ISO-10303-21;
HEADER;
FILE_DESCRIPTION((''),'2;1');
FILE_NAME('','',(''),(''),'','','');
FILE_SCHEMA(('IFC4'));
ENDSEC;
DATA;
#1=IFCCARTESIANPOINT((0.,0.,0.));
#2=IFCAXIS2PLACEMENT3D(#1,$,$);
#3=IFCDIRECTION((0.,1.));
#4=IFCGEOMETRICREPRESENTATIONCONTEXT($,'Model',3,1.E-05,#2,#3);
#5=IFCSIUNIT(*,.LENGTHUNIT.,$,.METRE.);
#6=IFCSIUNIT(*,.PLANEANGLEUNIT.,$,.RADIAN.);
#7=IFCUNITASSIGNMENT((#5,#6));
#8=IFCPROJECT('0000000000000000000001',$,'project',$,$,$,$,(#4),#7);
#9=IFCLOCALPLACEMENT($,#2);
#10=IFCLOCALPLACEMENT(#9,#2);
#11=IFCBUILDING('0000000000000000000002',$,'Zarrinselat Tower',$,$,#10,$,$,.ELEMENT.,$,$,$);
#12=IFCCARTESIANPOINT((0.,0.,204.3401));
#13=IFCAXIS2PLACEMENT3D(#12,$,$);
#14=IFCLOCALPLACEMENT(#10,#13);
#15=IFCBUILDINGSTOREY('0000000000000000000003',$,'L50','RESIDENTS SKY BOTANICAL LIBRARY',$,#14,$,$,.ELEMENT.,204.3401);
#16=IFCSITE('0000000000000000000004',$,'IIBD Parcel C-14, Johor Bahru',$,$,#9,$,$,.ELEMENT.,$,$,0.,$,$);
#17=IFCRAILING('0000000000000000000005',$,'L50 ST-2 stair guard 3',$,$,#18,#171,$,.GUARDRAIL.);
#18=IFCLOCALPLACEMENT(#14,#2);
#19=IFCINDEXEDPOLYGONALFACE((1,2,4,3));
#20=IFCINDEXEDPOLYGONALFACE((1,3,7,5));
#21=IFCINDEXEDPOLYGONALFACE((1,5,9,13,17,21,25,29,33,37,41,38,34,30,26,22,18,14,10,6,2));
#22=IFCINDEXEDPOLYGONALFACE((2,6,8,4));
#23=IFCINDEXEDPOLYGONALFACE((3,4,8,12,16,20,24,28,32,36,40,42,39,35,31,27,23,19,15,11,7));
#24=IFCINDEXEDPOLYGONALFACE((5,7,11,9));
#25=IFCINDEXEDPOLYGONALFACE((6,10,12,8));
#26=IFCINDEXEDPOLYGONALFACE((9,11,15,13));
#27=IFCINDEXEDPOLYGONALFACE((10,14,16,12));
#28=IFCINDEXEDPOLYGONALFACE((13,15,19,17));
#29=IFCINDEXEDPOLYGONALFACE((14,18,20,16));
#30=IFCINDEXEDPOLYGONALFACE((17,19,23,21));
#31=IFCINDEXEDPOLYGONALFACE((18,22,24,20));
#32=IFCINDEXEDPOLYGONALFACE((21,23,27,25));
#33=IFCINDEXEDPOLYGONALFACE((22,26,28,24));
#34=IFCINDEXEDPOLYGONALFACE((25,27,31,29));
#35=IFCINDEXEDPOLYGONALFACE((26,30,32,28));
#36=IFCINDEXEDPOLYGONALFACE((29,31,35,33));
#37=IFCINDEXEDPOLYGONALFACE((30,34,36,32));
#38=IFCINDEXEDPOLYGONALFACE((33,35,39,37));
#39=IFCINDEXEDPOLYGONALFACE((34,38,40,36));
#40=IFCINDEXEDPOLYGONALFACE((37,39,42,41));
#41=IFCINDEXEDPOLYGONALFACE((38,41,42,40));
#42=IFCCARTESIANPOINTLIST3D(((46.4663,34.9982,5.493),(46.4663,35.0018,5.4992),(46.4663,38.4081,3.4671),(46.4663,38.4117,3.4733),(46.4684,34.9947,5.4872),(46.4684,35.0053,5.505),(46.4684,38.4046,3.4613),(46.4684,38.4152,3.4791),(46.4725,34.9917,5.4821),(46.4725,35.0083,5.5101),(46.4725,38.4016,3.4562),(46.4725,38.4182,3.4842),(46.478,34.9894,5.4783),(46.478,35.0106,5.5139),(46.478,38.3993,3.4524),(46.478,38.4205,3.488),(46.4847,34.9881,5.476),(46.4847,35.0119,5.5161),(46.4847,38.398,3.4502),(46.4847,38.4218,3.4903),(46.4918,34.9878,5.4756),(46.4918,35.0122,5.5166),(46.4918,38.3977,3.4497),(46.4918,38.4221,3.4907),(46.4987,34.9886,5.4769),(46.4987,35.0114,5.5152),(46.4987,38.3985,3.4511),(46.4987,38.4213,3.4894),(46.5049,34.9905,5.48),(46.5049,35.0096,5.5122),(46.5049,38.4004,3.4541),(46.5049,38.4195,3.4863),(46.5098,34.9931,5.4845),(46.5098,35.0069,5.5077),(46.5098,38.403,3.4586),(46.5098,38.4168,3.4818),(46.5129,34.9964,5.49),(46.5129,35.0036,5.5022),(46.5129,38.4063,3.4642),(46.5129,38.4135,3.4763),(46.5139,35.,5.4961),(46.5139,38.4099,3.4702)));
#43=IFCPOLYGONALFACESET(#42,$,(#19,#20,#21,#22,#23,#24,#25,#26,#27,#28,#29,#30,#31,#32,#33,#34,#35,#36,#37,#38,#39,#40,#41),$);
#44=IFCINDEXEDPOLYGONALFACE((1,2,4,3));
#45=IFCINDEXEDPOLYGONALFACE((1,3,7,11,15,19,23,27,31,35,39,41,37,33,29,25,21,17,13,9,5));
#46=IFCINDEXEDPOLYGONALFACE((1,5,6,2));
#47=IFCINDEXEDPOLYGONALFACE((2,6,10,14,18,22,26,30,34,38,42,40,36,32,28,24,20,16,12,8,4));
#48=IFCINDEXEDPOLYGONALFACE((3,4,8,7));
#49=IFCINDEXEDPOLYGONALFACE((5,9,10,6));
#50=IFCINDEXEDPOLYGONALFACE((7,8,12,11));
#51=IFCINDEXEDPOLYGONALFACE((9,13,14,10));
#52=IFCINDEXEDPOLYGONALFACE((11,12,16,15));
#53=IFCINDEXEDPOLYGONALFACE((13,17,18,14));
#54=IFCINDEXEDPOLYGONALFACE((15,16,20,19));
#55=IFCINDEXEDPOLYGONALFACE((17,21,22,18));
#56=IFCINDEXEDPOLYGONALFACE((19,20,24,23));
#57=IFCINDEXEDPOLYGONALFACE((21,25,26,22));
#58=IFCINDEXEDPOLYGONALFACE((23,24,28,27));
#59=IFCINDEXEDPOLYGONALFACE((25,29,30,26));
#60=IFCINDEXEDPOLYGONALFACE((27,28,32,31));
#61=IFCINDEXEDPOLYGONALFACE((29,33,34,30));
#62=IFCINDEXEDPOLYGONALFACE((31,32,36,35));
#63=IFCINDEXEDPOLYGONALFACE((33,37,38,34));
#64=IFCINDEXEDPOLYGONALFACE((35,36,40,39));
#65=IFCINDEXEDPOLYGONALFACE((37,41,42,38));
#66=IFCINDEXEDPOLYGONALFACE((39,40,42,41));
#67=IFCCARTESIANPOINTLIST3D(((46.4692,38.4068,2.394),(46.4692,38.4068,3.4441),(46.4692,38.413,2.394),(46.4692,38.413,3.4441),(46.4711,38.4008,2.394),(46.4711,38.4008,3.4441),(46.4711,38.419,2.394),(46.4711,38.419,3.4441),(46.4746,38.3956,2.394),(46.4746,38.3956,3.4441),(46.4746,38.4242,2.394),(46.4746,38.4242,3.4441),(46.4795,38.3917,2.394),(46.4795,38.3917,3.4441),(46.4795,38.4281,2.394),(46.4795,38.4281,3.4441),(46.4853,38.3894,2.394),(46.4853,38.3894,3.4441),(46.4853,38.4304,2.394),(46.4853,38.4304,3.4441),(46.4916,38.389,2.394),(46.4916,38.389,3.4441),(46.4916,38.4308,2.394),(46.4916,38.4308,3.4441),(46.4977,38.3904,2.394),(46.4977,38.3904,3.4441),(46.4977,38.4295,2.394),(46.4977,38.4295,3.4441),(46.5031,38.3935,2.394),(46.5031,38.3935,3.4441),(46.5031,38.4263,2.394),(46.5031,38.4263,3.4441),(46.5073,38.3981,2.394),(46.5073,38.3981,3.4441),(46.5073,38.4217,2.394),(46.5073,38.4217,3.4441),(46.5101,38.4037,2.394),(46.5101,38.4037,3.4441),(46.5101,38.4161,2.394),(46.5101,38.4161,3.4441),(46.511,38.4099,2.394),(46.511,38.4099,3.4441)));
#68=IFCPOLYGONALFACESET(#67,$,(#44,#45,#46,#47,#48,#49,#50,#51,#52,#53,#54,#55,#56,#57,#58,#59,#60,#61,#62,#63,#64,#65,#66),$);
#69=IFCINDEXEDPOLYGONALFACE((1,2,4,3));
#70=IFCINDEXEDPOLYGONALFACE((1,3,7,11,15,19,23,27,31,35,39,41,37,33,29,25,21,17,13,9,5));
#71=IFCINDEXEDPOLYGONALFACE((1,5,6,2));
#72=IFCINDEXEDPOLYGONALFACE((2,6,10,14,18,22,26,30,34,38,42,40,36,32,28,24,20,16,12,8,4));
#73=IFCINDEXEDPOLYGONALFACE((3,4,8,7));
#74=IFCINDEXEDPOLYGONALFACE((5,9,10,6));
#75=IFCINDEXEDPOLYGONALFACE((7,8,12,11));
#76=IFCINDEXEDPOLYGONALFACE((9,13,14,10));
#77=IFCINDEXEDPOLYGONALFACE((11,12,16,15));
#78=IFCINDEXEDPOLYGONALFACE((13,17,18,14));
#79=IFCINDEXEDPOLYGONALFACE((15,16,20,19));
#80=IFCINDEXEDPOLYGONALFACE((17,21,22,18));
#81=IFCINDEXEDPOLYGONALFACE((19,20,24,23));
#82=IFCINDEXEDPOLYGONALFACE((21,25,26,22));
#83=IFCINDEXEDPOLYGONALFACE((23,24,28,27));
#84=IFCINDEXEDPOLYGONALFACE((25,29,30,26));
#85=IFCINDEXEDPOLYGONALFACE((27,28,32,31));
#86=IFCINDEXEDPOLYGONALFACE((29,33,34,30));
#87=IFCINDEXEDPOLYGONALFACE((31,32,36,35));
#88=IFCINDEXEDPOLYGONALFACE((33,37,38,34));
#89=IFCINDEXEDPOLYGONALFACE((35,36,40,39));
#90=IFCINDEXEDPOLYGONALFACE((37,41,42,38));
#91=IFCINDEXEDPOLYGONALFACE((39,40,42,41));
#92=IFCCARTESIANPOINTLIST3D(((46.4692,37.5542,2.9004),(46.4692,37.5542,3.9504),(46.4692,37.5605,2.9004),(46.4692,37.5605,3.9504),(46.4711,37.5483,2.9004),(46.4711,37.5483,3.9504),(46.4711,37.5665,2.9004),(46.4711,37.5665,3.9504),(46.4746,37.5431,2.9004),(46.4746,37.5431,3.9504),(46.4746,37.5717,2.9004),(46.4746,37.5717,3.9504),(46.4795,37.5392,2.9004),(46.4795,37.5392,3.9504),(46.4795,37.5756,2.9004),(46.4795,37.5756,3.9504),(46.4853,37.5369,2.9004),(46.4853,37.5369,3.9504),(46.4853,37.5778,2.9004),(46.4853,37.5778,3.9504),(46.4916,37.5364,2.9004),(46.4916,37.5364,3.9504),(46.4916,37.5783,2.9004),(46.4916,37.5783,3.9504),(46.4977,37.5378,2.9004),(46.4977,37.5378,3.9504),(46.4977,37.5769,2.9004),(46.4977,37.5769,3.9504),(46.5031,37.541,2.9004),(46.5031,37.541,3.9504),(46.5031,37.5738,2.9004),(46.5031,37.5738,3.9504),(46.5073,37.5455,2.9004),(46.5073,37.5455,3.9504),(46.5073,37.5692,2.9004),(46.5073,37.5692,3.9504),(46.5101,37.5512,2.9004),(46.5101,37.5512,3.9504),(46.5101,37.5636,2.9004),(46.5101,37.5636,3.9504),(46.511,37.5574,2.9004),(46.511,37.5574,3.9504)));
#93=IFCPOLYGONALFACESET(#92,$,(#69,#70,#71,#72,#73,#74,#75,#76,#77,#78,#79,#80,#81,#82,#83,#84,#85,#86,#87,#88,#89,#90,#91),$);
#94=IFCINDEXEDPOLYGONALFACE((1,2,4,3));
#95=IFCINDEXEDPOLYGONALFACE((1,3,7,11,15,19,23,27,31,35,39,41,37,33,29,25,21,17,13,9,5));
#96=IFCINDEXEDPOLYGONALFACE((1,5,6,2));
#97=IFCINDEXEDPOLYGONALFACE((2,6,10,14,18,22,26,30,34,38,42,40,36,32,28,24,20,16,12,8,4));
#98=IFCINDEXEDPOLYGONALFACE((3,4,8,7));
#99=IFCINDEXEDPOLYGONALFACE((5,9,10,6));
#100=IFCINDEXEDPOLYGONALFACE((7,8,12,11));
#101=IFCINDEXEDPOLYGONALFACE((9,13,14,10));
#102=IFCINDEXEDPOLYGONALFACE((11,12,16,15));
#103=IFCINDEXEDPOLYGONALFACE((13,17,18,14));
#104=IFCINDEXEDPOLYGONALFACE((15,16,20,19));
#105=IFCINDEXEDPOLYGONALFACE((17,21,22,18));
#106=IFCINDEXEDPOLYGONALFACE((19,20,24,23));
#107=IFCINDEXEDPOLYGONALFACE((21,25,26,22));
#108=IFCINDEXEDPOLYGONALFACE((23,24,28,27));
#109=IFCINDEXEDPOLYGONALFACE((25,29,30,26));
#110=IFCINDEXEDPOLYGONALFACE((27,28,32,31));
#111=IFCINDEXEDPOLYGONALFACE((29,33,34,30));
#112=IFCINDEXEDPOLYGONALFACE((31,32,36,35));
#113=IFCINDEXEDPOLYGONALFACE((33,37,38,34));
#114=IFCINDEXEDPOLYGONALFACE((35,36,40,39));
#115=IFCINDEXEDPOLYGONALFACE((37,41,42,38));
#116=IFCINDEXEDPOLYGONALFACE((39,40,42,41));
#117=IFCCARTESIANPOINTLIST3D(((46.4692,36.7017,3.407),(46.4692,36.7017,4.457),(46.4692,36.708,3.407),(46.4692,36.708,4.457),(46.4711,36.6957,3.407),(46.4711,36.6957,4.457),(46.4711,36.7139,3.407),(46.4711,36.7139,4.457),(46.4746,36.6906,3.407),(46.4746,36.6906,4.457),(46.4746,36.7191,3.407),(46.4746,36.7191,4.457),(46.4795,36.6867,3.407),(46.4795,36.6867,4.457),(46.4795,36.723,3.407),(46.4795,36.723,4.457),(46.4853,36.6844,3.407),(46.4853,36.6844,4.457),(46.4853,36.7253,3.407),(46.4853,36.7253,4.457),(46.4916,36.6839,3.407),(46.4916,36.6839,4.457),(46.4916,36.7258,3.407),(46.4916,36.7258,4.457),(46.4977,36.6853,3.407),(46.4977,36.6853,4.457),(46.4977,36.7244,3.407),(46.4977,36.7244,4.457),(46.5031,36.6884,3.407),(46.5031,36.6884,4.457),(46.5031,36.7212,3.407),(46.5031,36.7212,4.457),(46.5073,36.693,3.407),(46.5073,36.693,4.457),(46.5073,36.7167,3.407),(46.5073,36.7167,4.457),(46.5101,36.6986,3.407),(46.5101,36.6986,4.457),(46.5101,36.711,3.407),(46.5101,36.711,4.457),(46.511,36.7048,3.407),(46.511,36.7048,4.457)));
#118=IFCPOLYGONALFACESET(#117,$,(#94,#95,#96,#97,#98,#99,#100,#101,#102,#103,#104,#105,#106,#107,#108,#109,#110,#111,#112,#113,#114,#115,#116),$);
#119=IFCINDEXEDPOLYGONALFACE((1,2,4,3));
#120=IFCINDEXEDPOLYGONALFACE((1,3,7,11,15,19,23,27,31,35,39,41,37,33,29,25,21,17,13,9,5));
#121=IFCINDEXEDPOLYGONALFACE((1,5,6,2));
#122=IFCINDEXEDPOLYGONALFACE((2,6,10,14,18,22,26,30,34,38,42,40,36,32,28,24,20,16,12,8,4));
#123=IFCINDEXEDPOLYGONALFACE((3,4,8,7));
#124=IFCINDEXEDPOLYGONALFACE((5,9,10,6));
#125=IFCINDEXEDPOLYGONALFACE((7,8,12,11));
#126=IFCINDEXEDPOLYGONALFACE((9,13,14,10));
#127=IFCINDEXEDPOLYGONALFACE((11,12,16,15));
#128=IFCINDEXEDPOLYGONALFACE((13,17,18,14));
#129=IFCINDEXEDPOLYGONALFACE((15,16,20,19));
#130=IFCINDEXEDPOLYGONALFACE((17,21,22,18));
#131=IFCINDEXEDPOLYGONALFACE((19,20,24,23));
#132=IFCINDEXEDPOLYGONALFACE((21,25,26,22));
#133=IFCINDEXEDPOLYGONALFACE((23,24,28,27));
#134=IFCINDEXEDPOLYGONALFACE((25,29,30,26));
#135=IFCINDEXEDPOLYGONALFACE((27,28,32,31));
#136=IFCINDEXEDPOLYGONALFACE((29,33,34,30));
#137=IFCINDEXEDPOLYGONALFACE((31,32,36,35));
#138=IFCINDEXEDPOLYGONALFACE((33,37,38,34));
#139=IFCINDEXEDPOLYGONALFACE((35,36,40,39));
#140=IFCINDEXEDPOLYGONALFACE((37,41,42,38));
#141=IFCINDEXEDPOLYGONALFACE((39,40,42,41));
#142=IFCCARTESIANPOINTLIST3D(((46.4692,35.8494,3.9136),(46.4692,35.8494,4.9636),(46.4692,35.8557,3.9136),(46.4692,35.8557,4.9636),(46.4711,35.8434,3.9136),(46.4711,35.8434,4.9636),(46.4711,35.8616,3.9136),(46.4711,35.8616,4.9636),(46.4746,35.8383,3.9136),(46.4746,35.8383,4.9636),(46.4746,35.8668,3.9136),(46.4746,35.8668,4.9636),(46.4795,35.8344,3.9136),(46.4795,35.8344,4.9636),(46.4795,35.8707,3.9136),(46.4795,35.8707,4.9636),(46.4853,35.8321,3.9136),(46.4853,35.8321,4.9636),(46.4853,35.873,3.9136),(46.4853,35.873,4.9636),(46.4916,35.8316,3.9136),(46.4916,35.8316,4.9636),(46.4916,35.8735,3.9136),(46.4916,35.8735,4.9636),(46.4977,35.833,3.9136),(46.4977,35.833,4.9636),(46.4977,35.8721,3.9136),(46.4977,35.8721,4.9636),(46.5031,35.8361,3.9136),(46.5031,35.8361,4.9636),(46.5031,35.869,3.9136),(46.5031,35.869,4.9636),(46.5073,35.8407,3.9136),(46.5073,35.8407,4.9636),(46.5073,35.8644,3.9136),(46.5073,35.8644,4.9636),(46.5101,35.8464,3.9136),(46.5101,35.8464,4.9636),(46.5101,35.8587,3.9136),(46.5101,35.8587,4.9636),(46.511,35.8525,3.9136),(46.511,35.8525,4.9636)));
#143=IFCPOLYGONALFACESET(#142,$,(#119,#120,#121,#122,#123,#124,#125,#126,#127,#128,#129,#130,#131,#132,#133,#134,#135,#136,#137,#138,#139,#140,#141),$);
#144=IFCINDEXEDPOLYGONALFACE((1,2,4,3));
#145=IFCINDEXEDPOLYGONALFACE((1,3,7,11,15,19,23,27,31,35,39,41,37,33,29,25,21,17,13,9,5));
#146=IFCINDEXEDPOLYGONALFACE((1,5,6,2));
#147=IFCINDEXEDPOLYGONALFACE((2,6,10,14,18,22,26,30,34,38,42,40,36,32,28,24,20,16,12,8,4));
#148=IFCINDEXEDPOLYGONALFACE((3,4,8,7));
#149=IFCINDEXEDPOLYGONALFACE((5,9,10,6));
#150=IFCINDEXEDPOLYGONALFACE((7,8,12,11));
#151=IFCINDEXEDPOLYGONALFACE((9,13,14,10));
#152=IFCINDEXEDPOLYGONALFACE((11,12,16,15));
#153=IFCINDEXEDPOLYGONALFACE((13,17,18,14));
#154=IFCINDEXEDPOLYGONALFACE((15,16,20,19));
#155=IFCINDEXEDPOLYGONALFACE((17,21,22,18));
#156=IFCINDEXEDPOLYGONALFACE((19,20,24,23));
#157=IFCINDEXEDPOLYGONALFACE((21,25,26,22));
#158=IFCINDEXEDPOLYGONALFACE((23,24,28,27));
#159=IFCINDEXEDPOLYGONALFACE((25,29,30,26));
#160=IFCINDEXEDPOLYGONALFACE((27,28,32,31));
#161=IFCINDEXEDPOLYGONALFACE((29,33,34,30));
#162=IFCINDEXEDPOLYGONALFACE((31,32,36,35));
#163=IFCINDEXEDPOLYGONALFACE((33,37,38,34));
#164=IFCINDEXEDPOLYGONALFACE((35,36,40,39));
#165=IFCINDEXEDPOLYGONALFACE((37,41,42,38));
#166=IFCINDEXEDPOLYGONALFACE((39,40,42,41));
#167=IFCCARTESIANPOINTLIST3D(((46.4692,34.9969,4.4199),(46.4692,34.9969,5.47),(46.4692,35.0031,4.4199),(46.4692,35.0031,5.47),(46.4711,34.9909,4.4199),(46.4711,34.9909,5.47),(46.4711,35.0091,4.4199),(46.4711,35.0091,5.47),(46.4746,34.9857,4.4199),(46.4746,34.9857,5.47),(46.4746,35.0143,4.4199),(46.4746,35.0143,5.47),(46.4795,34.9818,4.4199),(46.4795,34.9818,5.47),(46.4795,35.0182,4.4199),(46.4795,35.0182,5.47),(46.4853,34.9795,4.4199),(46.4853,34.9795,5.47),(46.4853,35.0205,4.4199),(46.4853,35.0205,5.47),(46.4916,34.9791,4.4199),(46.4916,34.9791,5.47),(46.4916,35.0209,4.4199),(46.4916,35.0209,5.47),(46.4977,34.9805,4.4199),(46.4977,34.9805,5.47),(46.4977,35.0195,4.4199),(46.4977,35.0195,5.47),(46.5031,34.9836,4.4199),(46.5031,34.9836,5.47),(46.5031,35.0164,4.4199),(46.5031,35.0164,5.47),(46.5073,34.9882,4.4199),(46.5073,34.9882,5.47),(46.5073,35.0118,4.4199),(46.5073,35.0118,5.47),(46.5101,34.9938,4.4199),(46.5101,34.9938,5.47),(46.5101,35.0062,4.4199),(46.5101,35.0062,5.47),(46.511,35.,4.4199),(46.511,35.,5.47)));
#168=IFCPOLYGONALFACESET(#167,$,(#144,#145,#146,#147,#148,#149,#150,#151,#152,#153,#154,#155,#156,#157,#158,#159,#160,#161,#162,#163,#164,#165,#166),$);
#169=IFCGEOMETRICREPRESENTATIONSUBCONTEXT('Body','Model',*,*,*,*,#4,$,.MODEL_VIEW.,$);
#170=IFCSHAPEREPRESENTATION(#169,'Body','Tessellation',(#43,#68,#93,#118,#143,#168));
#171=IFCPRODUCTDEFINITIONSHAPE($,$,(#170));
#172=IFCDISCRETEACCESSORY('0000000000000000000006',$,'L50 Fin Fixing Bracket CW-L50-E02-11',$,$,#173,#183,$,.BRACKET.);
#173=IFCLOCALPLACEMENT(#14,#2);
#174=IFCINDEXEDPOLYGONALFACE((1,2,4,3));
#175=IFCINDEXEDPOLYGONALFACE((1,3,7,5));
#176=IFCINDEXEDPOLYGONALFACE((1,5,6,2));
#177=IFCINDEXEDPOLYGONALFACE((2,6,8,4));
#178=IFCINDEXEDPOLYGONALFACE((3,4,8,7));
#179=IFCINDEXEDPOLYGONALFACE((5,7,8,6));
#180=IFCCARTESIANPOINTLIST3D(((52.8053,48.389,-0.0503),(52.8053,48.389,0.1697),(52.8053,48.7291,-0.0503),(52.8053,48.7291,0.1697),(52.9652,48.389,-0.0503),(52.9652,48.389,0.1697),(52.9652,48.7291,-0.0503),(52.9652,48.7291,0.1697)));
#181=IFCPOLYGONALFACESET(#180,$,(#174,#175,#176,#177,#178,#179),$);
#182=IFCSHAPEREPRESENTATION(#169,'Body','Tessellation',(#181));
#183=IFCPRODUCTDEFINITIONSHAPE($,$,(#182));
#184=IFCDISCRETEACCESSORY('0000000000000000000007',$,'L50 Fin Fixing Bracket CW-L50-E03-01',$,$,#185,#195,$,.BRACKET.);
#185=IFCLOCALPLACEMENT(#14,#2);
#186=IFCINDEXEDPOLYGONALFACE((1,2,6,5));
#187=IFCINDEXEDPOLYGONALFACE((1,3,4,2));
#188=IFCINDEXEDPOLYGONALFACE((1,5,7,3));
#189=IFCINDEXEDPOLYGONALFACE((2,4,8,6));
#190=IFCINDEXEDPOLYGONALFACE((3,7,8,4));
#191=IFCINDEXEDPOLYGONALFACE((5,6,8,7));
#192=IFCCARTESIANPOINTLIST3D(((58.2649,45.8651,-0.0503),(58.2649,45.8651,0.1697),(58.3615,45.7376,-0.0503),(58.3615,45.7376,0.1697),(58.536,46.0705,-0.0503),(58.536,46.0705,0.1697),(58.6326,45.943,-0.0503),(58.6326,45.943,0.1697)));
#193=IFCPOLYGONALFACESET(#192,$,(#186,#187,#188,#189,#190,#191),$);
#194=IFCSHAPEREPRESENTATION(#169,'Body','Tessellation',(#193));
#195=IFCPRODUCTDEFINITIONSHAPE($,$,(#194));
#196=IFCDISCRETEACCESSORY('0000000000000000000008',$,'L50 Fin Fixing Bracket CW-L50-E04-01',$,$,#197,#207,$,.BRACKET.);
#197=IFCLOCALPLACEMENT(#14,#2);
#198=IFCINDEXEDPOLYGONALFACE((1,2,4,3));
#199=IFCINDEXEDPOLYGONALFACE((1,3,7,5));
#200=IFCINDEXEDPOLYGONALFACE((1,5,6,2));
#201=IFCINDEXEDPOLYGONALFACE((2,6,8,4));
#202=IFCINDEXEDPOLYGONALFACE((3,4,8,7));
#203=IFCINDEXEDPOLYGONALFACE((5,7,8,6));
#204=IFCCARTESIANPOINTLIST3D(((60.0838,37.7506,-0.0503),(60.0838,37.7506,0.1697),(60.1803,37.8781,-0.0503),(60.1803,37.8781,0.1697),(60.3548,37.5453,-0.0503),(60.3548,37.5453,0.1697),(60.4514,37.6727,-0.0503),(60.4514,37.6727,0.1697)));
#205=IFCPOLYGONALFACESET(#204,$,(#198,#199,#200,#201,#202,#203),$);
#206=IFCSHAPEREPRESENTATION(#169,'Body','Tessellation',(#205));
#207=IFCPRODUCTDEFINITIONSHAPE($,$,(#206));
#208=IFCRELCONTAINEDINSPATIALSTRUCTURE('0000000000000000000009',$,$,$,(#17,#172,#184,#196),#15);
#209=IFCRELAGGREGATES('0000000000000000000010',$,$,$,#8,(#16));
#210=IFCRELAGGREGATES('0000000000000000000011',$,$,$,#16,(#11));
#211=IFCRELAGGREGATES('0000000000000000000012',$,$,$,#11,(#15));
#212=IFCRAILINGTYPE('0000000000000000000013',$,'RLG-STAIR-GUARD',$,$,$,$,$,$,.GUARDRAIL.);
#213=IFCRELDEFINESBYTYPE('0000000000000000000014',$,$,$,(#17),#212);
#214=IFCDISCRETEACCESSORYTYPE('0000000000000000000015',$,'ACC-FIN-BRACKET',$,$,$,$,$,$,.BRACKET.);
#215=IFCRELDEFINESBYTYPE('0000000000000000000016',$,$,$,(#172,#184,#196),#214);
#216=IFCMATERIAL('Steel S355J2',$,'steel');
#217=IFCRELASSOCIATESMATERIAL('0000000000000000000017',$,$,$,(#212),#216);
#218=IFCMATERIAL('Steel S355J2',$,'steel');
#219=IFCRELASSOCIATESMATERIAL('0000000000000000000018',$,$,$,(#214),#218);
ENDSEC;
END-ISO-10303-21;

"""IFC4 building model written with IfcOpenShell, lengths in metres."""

from ifc_helpers import new_model, si_unit, direction, frame, origin, origin_2d, place, context, subcontext, project, spatial, rectangle, circle, extrude, material, type_object, element, save


model = new_model("IFC4")

# Units and contexts
model_context = context("Model", 3, precision=1e-05, world=origin(), true_north=direction((0.0, 1.0)))
body_context = subcontext(model_context, "Body", "Model", "MODEL_VIEW")
ifc_project = project(units=[si_unit("LENGTHUNIT", "METRE"), si_unit("PLANEANGLEUNIT", "RADIAN")], contexts=[model_context])

# Site, building, storey
site_placement = place(None, origin())
site = spatial("IfcSite", under=ifc_project, at=site_placement, Name="IIBD Parcel C-14, Johor Bahru", CompositionType="ELEMENT", RefElevation=0.0)
building_placement = place(site_placement, origin())
building = spatial("IfcBuilding", under=site, at=building_placement, Name="Zarrinselat Tower", CompositionType="ELEMENT")
storey_placement = place(building_placement, frame((0.0, 0.0, 204.3401)))
storey = spatial("IfcBuildingStorey", under=building, at=storey_placement, Name="L50", Description="RESIDENTS SKY BOTANICAL LIBRARY", CompositionType="ELEMENT", Elevation=204.3401)

# Railing
ifc_material_1 = material(Name="Steel S355J2", Category="steel")
railing_type = type_object("IfcRailingType", Name="RLG-STAIR-GUARD", PredefinedType="GUARDRAIL", material=ifc_material_1)
railing_1_placement = place(storey_placement, frame((46.49, 38.4099, 2.394)))
element("IfcRailing", 1, at=railing_1_placement, inside=storey, type_object=railing_type, Name="L50 ST-2 stair guard 3", PredefinedType="GUARDRAIL", context=body_context, shape_type="SweptSolid", body=[
    extrude(circle(Radius=0.0239, at=origin_2d()), frame((0.0, 0.0, 1.0762), z_axis=(0.0, -0.859717, 0.510771), x_axis=(1.0, 0.0, 0.0)), (0.0, 0.0, 1.0), 3.9663),
    extrude(circle(Radius=0.021, at=origin_2d()), origin(), (0.0, 0.0, 1.0), 1.05),
    extrude(circle(Radius=0.021, at=origin_2d()), frame((0.0, -0.8525, 0.5063)), (0.0, 0.0, 1.0), 1.05),
    extrude(circle(Radius=0.021, at=origin_2d()), frame((0.0, -1.7051, 1.0129)), (0.0, 0.0, 1.0), 1.05),
    extrude(circle(Radius=0.021, at=origin_2d()), frame((0.0, -2.5574, 1.5195)), (0.0, 0.0, 1.0), 1.05),
    extrude(circle(Radius=0.021, at=origin_2d()), frame((0.0, -3.4099, 2.0259)), (0.0, 0.0, 1.0), 1.05),
])

# Discrete accessories
ifc_material_2 = material(Name="Steel S355J2", Category="steel")
discrete_accessory_type = type_object("IfcDiscreteAccessoryType", Name="ACC-FIN-BRACKET", PredefinedType="BRACKET", material=ifc_material_2)
for number, where, z_axis, x_axis, name in (
    (2, (52.8853, 48.5591, -0.0503), (0.0, 0.0, 1.0), (0.0, 1.0, 0.0), "L50 Fin Fixing Bracket CW-L50-E02-11"),
    (3, (58.4487, 45.9041, -0.0503), (0.0, 0.0, 1.0), (0.797096, 0.603852, 0.0), "L50 Fin Fixing Bracket CW-L50-E03-01"),
    (4, (60.2676, 37.7117, -0.0503), (0.0, 0.0, 1.0), (0.797092, -0.603858, 0.0), "L50 Fin Fixing Bracket CW-L50-E04-01"),
):
    element("IfcDiscreteAccessory", number, at=place(storey_placement, frame(where, z_axis=z_axis, x_axis=x_axis)), inside=storey, type_object=discrete_accessory_type, Name=name, PredefinedType="BRACKET", context=body_context, shape_type="SweptSolid", body=[
        extrude(rectangle(XDim=0.3401, YDim=0.1599, at=origin_2d()), origin(), (0.0, 0.0, 1.0), 0.22),
    ])

save(model, "model.ifc")
